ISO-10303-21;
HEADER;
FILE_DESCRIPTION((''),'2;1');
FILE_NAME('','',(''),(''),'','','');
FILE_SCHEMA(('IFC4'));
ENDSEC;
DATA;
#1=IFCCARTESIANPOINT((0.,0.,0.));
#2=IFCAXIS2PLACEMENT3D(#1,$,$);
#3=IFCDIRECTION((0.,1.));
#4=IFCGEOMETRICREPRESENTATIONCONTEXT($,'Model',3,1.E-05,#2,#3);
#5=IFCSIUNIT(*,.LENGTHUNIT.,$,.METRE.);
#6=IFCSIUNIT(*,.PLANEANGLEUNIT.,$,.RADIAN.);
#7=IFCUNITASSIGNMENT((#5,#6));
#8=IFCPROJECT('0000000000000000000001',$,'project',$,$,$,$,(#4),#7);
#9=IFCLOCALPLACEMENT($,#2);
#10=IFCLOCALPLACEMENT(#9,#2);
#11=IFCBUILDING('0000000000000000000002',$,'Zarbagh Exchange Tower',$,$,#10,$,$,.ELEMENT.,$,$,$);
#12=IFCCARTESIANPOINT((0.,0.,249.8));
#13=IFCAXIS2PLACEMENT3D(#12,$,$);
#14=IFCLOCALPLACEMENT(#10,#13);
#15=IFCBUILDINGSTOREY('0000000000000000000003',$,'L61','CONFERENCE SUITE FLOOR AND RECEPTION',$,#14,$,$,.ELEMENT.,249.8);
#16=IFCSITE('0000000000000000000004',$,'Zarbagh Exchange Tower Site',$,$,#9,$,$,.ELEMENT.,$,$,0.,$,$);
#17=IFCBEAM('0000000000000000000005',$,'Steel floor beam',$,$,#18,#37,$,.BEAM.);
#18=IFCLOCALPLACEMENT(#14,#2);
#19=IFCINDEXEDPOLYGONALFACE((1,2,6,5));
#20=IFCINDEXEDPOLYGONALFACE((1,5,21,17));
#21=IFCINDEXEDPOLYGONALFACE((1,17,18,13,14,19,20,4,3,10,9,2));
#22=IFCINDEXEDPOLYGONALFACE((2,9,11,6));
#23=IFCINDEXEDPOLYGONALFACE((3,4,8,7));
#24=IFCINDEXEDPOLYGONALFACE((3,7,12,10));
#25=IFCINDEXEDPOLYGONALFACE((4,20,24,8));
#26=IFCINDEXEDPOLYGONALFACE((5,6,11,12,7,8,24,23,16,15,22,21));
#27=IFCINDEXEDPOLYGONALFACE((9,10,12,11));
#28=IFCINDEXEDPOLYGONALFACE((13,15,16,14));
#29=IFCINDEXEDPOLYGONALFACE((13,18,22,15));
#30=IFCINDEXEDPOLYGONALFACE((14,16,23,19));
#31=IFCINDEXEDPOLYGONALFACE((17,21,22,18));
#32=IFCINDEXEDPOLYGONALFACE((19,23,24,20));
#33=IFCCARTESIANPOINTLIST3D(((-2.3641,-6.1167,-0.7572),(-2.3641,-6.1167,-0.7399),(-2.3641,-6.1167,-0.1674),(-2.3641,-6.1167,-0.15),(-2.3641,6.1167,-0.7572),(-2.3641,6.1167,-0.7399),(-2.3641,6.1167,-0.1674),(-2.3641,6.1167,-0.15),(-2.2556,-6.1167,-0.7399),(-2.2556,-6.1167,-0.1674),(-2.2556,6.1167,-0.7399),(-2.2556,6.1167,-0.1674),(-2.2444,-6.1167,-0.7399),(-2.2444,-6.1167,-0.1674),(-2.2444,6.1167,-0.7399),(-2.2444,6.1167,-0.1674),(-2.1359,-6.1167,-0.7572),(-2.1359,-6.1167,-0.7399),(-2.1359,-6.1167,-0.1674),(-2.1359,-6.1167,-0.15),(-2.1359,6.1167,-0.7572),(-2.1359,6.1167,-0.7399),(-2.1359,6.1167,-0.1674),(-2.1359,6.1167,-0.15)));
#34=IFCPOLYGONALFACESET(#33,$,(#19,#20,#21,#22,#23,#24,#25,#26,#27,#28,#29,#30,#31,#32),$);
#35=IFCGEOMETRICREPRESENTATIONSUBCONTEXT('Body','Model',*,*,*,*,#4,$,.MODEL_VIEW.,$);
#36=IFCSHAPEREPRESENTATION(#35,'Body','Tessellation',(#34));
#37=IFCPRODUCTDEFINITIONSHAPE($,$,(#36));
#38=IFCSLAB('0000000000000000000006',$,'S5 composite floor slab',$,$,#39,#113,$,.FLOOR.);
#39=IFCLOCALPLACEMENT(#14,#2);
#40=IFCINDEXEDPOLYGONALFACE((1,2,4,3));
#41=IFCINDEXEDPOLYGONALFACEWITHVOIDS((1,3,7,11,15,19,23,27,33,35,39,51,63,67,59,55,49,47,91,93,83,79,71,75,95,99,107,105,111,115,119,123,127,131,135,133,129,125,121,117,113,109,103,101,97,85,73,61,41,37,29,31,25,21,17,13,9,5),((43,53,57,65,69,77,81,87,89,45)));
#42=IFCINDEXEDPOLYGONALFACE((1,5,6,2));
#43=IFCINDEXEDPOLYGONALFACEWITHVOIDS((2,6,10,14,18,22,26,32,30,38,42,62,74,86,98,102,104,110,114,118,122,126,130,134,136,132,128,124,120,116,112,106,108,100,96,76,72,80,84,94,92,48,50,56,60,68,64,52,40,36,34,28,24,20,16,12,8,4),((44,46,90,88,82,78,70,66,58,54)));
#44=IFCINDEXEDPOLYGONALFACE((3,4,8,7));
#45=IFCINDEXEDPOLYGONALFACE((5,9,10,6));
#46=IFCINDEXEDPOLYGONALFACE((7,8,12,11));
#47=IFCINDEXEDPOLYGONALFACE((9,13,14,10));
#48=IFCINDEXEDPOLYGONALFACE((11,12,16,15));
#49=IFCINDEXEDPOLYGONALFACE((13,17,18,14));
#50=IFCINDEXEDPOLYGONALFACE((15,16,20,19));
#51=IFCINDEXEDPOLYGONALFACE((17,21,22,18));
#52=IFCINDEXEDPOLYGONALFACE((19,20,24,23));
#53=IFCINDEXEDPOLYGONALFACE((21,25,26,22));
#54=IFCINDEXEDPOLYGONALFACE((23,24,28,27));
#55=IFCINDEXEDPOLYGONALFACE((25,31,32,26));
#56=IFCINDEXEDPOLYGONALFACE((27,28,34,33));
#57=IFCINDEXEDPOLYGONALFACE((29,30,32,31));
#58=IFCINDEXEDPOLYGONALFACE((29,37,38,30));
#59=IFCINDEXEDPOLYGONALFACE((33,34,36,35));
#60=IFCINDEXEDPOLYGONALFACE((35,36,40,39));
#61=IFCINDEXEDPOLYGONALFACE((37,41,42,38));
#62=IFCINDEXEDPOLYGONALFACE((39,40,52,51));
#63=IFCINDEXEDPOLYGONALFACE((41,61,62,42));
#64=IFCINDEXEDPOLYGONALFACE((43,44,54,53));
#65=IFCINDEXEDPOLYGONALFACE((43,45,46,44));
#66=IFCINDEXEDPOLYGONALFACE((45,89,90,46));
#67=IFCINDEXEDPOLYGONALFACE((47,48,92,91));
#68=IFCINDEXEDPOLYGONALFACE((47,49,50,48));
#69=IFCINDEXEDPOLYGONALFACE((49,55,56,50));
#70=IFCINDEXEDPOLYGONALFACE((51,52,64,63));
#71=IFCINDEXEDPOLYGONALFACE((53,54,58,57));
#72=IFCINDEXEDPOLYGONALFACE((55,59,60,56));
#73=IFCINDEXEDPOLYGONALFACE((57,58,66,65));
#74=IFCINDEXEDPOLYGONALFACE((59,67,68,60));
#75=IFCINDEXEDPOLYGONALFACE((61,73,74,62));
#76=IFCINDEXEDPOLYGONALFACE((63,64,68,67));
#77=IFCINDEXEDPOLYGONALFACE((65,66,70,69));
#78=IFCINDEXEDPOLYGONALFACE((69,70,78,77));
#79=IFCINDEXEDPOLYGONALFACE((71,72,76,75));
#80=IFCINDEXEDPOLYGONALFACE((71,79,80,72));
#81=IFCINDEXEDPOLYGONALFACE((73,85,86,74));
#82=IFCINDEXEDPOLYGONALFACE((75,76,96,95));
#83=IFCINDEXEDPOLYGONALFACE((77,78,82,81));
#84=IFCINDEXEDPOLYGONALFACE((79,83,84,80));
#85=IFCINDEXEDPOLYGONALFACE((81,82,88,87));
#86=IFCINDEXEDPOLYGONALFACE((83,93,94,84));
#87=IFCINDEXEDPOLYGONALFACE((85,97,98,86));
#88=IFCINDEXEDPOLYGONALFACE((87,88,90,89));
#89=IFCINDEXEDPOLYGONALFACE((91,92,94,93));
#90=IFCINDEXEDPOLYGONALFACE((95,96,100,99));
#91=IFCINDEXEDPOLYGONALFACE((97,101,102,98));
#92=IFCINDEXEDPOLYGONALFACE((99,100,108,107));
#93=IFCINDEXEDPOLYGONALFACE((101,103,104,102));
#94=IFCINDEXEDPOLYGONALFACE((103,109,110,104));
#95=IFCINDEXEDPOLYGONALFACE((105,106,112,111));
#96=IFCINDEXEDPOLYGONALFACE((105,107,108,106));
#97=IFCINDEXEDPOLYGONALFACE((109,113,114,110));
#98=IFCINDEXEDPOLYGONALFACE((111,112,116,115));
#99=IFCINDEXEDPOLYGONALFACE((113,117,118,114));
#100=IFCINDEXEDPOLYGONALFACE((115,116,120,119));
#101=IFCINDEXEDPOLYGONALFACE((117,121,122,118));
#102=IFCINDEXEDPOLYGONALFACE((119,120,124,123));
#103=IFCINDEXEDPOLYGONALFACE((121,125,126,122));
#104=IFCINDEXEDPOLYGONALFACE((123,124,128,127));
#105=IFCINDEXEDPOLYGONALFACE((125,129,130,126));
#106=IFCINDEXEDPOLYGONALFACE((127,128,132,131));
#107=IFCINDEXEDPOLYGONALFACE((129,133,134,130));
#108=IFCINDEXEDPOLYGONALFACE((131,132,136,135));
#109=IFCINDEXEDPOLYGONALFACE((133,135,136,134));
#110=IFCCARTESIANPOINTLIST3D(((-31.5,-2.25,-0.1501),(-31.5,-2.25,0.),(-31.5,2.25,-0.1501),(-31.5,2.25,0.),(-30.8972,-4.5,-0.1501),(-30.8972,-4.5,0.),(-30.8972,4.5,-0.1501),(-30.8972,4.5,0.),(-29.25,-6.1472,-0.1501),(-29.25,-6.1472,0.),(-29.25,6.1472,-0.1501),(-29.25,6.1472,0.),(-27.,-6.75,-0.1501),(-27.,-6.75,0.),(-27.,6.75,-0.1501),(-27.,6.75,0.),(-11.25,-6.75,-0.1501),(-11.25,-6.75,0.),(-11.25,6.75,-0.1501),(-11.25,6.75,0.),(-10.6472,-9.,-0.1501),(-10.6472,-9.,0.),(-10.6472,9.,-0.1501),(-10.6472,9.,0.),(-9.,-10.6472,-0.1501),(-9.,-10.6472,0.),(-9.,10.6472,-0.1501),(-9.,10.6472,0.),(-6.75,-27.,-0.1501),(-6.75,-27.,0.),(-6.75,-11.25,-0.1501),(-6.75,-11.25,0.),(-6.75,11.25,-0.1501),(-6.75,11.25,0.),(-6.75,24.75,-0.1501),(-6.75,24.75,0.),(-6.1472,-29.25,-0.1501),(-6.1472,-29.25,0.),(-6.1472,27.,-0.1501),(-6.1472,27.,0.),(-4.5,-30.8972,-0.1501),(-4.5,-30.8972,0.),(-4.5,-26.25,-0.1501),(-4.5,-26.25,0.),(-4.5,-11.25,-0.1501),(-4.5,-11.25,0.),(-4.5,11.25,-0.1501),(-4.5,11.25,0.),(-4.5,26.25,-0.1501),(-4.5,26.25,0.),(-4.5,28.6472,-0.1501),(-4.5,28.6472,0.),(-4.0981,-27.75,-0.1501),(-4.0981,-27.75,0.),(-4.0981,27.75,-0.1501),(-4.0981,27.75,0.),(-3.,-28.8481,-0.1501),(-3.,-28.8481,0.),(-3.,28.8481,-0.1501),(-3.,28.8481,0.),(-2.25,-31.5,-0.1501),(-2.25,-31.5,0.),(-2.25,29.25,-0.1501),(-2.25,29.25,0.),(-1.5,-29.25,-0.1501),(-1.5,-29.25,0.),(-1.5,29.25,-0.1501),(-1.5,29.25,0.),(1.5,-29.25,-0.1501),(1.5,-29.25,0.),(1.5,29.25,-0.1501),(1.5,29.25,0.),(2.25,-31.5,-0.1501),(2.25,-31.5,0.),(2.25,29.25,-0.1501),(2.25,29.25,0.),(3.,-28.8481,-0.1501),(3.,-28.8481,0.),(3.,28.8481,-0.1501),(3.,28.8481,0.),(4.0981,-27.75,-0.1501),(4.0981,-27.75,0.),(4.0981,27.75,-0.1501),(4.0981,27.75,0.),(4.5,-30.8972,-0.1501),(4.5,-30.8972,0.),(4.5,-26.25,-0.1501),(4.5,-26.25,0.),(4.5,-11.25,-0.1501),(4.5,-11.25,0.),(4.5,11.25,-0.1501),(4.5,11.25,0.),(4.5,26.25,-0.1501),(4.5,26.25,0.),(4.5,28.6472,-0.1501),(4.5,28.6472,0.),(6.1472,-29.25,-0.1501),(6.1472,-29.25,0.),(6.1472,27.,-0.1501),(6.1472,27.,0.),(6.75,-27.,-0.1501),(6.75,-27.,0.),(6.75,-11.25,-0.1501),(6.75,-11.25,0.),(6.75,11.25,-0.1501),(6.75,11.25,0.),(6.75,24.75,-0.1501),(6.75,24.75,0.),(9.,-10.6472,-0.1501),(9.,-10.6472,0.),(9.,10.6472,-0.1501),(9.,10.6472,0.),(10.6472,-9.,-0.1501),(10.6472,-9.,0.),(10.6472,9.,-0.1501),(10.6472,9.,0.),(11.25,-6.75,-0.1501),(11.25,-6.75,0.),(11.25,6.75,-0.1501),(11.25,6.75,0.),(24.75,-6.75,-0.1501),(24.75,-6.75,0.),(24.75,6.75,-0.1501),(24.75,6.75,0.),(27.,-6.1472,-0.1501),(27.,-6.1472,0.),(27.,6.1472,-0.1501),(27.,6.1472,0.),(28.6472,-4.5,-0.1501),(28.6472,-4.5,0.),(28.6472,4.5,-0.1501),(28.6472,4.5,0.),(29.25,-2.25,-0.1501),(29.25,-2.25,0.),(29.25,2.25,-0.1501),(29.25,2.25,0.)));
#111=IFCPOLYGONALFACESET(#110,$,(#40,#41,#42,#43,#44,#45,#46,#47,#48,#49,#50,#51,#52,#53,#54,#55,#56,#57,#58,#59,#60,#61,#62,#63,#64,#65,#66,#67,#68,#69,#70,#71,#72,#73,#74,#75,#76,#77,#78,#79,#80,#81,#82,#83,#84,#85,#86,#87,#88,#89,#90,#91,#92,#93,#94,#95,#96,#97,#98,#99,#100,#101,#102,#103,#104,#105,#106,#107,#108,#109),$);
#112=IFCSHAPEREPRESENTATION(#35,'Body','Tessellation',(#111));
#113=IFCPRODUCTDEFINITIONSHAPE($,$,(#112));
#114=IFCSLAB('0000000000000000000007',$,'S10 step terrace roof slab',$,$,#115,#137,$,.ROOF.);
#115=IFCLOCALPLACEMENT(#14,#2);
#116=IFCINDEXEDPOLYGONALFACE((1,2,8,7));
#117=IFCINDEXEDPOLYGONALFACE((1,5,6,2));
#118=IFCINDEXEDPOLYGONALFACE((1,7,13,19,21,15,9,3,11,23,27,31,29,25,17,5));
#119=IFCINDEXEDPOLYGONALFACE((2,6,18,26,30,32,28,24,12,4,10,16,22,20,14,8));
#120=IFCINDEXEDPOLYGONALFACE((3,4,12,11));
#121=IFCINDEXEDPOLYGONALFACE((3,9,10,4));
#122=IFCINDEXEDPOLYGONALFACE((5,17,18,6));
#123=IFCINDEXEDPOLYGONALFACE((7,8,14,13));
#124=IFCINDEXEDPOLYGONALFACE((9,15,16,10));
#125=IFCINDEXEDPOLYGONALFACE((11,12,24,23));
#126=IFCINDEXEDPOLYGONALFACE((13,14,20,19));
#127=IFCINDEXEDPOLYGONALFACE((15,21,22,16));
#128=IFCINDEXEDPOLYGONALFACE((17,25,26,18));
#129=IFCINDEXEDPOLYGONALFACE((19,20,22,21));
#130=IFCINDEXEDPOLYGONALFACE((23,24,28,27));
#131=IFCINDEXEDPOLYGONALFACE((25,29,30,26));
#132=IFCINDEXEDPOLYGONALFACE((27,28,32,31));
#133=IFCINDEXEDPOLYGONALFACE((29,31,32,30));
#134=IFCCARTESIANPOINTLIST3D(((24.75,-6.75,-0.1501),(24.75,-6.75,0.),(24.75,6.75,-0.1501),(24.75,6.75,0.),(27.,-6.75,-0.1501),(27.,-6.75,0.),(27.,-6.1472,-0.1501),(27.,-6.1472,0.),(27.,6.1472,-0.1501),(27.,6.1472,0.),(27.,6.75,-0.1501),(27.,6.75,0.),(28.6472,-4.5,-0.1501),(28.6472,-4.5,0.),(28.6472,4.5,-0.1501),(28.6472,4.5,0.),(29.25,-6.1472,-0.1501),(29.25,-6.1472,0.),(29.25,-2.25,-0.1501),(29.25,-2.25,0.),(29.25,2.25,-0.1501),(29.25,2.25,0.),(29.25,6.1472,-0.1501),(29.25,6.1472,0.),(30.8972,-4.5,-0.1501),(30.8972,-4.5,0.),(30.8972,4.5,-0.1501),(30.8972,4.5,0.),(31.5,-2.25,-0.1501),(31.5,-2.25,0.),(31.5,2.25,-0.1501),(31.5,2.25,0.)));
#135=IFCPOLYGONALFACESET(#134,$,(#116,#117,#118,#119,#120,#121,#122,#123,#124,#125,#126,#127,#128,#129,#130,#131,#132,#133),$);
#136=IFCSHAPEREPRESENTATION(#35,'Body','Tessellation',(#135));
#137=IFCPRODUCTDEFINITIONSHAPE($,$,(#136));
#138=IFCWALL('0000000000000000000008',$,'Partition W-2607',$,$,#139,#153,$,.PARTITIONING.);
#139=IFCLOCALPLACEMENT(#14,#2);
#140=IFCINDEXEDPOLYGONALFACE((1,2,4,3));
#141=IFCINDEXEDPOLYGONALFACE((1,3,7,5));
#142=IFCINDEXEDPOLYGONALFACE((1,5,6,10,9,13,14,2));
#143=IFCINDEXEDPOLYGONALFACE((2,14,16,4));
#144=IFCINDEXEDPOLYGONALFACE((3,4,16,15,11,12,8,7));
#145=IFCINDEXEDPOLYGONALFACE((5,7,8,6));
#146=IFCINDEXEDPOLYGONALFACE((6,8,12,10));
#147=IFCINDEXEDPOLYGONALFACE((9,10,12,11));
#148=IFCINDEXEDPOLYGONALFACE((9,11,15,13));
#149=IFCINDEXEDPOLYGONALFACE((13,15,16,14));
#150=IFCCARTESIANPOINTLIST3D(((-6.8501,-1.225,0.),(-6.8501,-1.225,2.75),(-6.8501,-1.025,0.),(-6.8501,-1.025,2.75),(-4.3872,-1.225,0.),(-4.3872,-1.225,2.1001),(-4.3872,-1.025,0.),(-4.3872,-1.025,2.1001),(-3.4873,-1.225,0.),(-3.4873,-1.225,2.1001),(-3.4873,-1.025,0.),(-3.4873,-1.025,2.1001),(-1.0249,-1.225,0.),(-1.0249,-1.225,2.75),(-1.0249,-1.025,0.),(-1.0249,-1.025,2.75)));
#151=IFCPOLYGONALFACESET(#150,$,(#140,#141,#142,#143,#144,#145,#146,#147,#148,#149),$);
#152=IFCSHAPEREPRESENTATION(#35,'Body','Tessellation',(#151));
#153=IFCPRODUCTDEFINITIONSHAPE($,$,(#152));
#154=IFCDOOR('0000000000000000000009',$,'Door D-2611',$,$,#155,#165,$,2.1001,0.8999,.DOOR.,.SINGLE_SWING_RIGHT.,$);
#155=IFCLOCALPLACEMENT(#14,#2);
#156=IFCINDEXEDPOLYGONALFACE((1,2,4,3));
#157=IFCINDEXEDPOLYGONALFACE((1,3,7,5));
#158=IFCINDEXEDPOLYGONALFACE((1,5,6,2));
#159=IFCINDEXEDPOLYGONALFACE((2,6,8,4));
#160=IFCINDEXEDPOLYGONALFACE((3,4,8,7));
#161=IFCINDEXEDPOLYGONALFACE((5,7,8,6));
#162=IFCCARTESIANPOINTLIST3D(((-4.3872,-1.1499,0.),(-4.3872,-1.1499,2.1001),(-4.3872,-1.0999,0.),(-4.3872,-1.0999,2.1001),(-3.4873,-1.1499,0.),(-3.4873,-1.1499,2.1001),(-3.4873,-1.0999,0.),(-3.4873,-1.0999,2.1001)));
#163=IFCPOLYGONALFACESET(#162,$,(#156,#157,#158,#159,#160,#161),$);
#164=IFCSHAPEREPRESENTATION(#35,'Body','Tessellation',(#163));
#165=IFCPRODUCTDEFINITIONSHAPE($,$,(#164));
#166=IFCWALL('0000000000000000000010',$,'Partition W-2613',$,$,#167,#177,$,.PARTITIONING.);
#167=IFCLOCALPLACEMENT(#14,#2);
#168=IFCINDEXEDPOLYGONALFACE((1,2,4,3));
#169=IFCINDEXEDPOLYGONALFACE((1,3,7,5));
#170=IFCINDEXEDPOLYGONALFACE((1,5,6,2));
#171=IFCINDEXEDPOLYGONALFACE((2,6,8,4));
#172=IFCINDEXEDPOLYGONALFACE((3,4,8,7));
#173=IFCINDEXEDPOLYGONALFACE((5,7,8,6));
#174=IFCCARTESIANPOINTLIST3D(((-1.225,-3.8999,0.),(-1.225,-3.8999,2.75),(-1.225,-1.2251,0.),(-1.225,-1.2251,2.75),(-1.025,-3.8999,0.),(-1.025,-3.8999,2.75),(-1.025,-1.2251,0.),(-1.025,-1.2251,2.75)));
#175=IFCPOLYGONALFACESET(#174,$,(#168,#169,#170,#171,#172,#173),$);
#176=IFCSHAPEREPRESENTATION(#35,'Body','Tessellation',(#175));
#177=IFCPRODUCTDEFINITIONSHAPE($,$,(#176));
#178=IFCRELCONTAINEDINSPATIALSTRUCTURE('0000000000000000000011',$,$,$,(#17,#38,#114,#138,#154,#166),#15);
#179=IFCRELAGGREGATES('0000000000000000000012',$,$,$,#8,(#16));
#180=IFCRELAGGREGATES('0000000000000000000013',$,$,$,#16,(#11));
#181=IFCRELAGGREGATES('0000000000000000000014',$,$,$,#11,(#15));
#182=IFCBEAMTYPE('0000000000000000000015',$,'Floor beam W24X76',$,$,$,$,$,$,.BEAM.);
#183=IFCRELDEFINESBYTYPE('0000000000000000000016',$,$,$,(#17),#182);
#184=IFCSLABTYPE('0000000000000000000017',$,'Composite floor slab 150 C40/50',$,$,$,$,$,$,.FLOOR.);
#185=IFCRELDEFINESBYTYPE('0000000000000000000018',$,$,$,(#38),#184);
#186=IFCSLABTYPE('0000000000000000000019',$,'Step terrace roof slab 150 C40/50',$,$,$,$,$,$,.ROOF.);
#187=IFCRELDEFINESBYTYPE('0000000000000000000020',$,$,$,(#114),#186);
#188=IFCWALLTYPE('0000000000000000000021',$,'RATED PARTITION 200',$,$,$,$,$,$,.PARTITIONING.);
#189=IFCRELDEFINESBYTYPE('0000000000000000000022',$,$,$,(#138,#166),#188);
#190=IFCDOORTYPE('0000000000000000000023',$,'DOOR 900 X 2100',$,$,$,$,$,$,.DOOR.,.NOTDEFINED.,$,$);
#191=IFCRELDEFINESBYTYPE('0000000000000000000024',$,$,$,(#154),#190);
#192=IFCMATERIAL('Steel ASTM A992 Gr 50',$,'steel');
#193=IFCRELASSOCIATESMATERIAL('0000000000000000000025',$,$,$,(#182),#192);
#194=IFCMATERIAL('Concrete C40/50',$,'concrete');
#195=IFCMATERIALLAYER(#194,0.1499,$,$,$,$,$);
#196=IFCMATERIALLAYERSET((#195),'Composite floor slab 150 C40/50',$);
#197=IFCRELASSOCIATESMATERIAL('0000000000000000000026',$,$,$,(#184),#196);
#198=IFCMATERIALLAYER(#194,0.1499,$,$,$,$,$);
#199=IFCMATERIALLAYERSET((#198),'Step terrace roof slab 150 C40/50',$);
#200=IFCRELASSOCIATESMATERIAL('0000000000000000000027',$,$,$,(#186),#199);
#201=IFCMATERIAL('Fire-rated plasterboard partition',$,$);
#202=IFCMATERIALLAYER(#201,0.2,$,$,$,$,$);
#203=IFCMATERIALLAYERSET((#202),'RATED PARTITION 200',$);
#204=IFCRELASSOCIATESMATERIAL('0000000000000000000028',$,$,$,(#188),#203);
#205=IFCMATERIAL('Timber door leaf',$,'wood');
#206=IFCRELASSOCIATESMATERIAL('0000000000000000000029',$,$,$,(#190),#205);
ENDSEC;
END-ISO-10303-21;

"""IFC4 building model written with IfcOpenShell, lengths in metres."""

from ifc_helpers import new_model, si_unit, direction, frame, frame_2d, origin, origin_2d, place, context, subcontext, project, spatial, polyline, rectangle, i_section, outline, extrude, material, layer, layer_set, material_profile, profile_set, type_object, element, fill, save


model = new_model("IFC4")

# Units and contexts
model_context = context("Model", 3, precision=1e-05, world=origin(), true_north=direction((0.0, 1.0)))
body_context = subcontext(model_context, "Body", "Model", "MODEL_VIEW")
ifc_project = project(units=[si_unit("LENGTHUNIT", "METRE"), si_unit("PLANEANGLEUNIT", "RADIAN")], contexts=[model_context])

# Site, building, storey
site_placement = place(None, origin())
site = spatial("IfcSite", under=ifc_project, at=site_placement, Name="Zarbagh Exchange Tower Site", CompositionType="ELEMENT", RefElevation=0.0)
building_placement = place(site_placement, origin())
building = spatial("IfcBuilding", under=site, at=building_placement, Name="Zarbagh Exchange Tower", CompositionType="ELEMENT")
storey_placement = place(building_placement, frame((0.0, 0.0, 249.8)))
storey = spatial("IfcBuildingStorey", under=building, at=storey_placement, Name="L61", Description="CONFERENCE SUITE FLOOR AND RECEPTION", CompositionType="ELEMENT", Elevation=249.8)

# Beam
ifc_material_1 = material(Name="Steel ASTM A992 Gr 50", Category="steel")
ifc_material_profile = material_profile(ifc_material_1, i_section(OverallWidth=0.2283, OverallDepth=0.6072, WebThickness=0.0112, FlangeThickness=0.0173, at=origin_2d()), Name="W24X76")
ifc_profile_set = profile_set([ifc_material_profile], Name="Steel ASTM A992 Gr 50")
beam_type = type_object("IfcBeamType", Name="Floor beam W24X76", PredefinedType="BEAM", material=ifc_profile_set)
beam_placement = place(storey_placement, frame((-2.25, -6.1167, -0.4536), z_axis=(0.0, 1.0, 0.0), x_axis=(-1.0, 0.0, 0.0)))
element("IfcBeam", 1, at=beam_placement, inside=storey, type_object=beam_type, Name="Steel floor beam", PredefinedType="BEAM", context=body_context, shape_type="SweptSolid", body=[
    extrude(i_section(OverallWidth=0.2283, OverallDepth=0.6072, WebThickness=0.0112, FlangeThickness=0.0173, at=origin_2d()), origin(), (0.0, 0.0, 1.0), 12.2334),
])

# Slabs
ifc_material_2 = material(Name="Concrete C40/50", Category="concrete")
ifc_layer_1 = layer(ifc_material_2, 0.1499)
ifc_layer_set_1 = layer_set([ifc_layer_1], Name="Composite floor slab 150 C40/50")
slab_type_1 = type_object("IfcSlabType", Name="Composite floor slab 150 C40/50", PredefinedType="FLOOR", material=ifc_layer_set_1)
slab_1_placement = place(storey_placement, frame((0.0, 0.0, -0.1501)))
element("IfcSlab", 2, at=slab_1_placement, inside=storey, type_object=slab_type_1, Name="S5 composite floor slab", PredefinedType="FLOOR", context=body_context, shape_type="SweptSolid", body=[
    extrude(outline(polyline([(-2.25, -31.5), (-4.5, -30.8972), (-6.1472, -29.25), (-6.75, -27.0), (-6.75, -11.25), (-9.0, -10.6472), (-10.6472, -9.0), (-11.25, -6.75), (-27.0, -6.75), (-29.25, -6.1472), (-30.8972, -4.5), (-31.5, -2.25), (-31.5, 2.25), (-30.8972, 4.5), (-29.25, 6.1472), (-27.0, 6.75), (-11.25, 6.75), (-10.6472, 9.0), (-9.0, 10.6472), (-6.75, 11.25), (-6.75, 24.75), (-6.1472, 27.0), (-4.5, 28.6472), (-2.25, 29.25), (-1.5, 29.25), (-3.0, 28.8481), (-4.0981, 27.75), (-4.5, 26.25), (-4.5, 11.25), (4.5, 11.25), (4.5, 26.25), (4.0981, 27.75), (3.0, 28.8481), (1.5, 29.25), (2.25, 29.25), (4.5, 28.6472), (6.1472, 27.0), (6.75, 24.75), (6.75, 11.25), (9.0, 10.6472), (10.6472, 9.0), (11.25, 6.75), (24.75, 6.75), (27.0, 6.1472), (28.6472, 4.5), (29.25, 2.25), (29.25, -2.25), (28.6472, -4.5), (27.0, -6.1472), (24.75, -6.75), (11.25, -6.75), (10.6472, -9.0), (9.0, -10.6472), (6.75, -11.25), (6.75, -27.0), (6.1472, -29.25), (4.5, -30.8972), (2.25, -31.5), (-2.25, -31.5)]), holes=[polyline([(-1.5, -29.25), (1.5, -29.25), (3.0, -28.8481), (4.0981, -27.75), (4.5, -26.25), (4.5, -11.25), (-4.5, -11.25), (-4.5, -26.25), (-4.0981, -27.75), (-3.0, -28.8481), (-1.5, -29.25)])]), origin(), (0.0, 0.0, 1.0), 0.1501),
])
ifc_layer_2 = layer(ifc_material_2, 0.1499)
ifc_layer_set_2 = layer_set([ifc_layer_2], Name="Step terrace roof slab 150 C40/50")
slab_type_2 = type_object("IfcSlabType", Name="Step terrace roof slab 150 C40/50", PredefinedType="ROOF", material=ifc_layer_set_2)
slab_2_placement = place(storey_placement, frame((0.0, 0.0, -0.1501)))
element("IfcSlab", 3, at=slab_2_placement, inside=storey, type_object=slab_type_2, Name="S10 step terrace roof slab", PredefinedType="ROOF", context=body_context, shape_type="SweptSolid", body=[
    extrude(outline(polyline([(27.0, 6.75), (29.25, 6.1472), (30.8972, 4.5), (31.5, 2.25), (31.5, -2.25), (30.8972, -4.5), (29.25, -6.1472), (27.0, -6.75), (24.75, -6.75), (27.0, -6.1472), (28.6472, -4.5), (29.25, -2.25), (29.25, 2.25), (28.6472, 4.5), (27.0, 6.1472), (24.75, 6.75), (27.0, 6.75)])), origin(), (0.0, 0.0, 1.0), 0.1501),
])

# Wall, opening, door
ifc_material_3 = material(Name="Fire-rated plasterboard partition")
ifc_layer_3 = layer(ifc_material_3, 0.2)
ifc_layer_set_3 = layer_set([ifc_layer_3], Name="RATED PARTITION 200")
wall_type_1 = type_object("IfcWallType", Name="RATED PARTITION 200", PredefinedType="PARTITIONING", material=ifc_layer_set_3)
wall_1_placement = place(storey_placement, frame((-1.0249, -1.125, 0.0), z_axis=(0.0, 0.0, 1.0), x_axis=(-1.0, 0.0, 0.0)))
wall_1 = element("IfcWall", 4, at=wall_1_placement, inside=storey, type_object=wall_type_1, Name="Partition W-2607", PredefinedType="PARTITIONING", context=body_context, shape_type="SweptSolid", body=[
    extrude(rectangle(XDim=5.8252, YDim=0.2, at=frame_2d((2.9126, 0.0))), origin(), (0.0, 0.0, 1.0), 2.75),
])
opening_1_placement = place(wall_1_placement, frame((2.4624, 0.0, 0.0)))
opening_1 = element("IfcOpeningElement", 5, at=opening_1_placement, cuts=wall_1, PredefinedType="OPENING", context=body_context, shape_type="SweptSolid", body=[
    extrude(rectangle(XDim=0.8999, YDim=2.1001, at=frame_2d((0.45, 1.05))), frame((0.0, 0.1099, 0.0), z_axis=(0.0, -1.0, 0.0), x_axis=(1.0, 0.0, 0.0)), (0.0, 0.0, 1.0), 0.22),
])
ifc_material_4 = material(Name="Timber door leaf", Category="wood")
door_type_1 = type_object("IfcDoorType", Name="DOOR 900 X 2100", OperationType="NOTDEFINED", PredefinedType="DOOR", material=ifc_material_4)
door_1_placement = place(opening_1_placement, origin())
door_1 = element("IfcDoor", 6, at=door_1_placement, inside=storey, type_object=door_type_1, Name="Door D-2611", OperationType="SINGLE_SWING_RIGHT", OverallHeight=2.1001, OverallWidth=0.8999, PredefinedType="DOOR", context=body_context, shape_type="SweptSolid", body=[
    extrude(rectangle(XDim=0.8999, YDim=2.1001, at=frame_2d((0.45, 1.05))), frame((0.0, 0.0249, 0.0), z_axis=(0.0, -1.0, 0.0), x_axis=(1.0, 0.0, 0.0)), (0.0, 0.0, 1.0), 0.05),
])
fill(opening_1, door_1)

# Wall
wall_2_placement = place(storey_placement, frame((-1.125, -3.8999, 0.0), z_axis=(0.0, 0.0, 1.0), x_axis=(0.0, 1.0, 0.0)))
element("IfcWall", 7, at=wall_2_placement, inside=storey, type_object=wall_type_1, Name="Partition W-2613", PredefinedType="PARTITIONING", context=body_context, shape_type="SweptSolid", body=[
    extrude(rectangle(XDim=2.6748, YDim=0.2, at=frame_2d((1.3374, 0.0))), origin(), (0.0, 0.0, 1.0), 2.75),
])

save(model, "model.ifc")
